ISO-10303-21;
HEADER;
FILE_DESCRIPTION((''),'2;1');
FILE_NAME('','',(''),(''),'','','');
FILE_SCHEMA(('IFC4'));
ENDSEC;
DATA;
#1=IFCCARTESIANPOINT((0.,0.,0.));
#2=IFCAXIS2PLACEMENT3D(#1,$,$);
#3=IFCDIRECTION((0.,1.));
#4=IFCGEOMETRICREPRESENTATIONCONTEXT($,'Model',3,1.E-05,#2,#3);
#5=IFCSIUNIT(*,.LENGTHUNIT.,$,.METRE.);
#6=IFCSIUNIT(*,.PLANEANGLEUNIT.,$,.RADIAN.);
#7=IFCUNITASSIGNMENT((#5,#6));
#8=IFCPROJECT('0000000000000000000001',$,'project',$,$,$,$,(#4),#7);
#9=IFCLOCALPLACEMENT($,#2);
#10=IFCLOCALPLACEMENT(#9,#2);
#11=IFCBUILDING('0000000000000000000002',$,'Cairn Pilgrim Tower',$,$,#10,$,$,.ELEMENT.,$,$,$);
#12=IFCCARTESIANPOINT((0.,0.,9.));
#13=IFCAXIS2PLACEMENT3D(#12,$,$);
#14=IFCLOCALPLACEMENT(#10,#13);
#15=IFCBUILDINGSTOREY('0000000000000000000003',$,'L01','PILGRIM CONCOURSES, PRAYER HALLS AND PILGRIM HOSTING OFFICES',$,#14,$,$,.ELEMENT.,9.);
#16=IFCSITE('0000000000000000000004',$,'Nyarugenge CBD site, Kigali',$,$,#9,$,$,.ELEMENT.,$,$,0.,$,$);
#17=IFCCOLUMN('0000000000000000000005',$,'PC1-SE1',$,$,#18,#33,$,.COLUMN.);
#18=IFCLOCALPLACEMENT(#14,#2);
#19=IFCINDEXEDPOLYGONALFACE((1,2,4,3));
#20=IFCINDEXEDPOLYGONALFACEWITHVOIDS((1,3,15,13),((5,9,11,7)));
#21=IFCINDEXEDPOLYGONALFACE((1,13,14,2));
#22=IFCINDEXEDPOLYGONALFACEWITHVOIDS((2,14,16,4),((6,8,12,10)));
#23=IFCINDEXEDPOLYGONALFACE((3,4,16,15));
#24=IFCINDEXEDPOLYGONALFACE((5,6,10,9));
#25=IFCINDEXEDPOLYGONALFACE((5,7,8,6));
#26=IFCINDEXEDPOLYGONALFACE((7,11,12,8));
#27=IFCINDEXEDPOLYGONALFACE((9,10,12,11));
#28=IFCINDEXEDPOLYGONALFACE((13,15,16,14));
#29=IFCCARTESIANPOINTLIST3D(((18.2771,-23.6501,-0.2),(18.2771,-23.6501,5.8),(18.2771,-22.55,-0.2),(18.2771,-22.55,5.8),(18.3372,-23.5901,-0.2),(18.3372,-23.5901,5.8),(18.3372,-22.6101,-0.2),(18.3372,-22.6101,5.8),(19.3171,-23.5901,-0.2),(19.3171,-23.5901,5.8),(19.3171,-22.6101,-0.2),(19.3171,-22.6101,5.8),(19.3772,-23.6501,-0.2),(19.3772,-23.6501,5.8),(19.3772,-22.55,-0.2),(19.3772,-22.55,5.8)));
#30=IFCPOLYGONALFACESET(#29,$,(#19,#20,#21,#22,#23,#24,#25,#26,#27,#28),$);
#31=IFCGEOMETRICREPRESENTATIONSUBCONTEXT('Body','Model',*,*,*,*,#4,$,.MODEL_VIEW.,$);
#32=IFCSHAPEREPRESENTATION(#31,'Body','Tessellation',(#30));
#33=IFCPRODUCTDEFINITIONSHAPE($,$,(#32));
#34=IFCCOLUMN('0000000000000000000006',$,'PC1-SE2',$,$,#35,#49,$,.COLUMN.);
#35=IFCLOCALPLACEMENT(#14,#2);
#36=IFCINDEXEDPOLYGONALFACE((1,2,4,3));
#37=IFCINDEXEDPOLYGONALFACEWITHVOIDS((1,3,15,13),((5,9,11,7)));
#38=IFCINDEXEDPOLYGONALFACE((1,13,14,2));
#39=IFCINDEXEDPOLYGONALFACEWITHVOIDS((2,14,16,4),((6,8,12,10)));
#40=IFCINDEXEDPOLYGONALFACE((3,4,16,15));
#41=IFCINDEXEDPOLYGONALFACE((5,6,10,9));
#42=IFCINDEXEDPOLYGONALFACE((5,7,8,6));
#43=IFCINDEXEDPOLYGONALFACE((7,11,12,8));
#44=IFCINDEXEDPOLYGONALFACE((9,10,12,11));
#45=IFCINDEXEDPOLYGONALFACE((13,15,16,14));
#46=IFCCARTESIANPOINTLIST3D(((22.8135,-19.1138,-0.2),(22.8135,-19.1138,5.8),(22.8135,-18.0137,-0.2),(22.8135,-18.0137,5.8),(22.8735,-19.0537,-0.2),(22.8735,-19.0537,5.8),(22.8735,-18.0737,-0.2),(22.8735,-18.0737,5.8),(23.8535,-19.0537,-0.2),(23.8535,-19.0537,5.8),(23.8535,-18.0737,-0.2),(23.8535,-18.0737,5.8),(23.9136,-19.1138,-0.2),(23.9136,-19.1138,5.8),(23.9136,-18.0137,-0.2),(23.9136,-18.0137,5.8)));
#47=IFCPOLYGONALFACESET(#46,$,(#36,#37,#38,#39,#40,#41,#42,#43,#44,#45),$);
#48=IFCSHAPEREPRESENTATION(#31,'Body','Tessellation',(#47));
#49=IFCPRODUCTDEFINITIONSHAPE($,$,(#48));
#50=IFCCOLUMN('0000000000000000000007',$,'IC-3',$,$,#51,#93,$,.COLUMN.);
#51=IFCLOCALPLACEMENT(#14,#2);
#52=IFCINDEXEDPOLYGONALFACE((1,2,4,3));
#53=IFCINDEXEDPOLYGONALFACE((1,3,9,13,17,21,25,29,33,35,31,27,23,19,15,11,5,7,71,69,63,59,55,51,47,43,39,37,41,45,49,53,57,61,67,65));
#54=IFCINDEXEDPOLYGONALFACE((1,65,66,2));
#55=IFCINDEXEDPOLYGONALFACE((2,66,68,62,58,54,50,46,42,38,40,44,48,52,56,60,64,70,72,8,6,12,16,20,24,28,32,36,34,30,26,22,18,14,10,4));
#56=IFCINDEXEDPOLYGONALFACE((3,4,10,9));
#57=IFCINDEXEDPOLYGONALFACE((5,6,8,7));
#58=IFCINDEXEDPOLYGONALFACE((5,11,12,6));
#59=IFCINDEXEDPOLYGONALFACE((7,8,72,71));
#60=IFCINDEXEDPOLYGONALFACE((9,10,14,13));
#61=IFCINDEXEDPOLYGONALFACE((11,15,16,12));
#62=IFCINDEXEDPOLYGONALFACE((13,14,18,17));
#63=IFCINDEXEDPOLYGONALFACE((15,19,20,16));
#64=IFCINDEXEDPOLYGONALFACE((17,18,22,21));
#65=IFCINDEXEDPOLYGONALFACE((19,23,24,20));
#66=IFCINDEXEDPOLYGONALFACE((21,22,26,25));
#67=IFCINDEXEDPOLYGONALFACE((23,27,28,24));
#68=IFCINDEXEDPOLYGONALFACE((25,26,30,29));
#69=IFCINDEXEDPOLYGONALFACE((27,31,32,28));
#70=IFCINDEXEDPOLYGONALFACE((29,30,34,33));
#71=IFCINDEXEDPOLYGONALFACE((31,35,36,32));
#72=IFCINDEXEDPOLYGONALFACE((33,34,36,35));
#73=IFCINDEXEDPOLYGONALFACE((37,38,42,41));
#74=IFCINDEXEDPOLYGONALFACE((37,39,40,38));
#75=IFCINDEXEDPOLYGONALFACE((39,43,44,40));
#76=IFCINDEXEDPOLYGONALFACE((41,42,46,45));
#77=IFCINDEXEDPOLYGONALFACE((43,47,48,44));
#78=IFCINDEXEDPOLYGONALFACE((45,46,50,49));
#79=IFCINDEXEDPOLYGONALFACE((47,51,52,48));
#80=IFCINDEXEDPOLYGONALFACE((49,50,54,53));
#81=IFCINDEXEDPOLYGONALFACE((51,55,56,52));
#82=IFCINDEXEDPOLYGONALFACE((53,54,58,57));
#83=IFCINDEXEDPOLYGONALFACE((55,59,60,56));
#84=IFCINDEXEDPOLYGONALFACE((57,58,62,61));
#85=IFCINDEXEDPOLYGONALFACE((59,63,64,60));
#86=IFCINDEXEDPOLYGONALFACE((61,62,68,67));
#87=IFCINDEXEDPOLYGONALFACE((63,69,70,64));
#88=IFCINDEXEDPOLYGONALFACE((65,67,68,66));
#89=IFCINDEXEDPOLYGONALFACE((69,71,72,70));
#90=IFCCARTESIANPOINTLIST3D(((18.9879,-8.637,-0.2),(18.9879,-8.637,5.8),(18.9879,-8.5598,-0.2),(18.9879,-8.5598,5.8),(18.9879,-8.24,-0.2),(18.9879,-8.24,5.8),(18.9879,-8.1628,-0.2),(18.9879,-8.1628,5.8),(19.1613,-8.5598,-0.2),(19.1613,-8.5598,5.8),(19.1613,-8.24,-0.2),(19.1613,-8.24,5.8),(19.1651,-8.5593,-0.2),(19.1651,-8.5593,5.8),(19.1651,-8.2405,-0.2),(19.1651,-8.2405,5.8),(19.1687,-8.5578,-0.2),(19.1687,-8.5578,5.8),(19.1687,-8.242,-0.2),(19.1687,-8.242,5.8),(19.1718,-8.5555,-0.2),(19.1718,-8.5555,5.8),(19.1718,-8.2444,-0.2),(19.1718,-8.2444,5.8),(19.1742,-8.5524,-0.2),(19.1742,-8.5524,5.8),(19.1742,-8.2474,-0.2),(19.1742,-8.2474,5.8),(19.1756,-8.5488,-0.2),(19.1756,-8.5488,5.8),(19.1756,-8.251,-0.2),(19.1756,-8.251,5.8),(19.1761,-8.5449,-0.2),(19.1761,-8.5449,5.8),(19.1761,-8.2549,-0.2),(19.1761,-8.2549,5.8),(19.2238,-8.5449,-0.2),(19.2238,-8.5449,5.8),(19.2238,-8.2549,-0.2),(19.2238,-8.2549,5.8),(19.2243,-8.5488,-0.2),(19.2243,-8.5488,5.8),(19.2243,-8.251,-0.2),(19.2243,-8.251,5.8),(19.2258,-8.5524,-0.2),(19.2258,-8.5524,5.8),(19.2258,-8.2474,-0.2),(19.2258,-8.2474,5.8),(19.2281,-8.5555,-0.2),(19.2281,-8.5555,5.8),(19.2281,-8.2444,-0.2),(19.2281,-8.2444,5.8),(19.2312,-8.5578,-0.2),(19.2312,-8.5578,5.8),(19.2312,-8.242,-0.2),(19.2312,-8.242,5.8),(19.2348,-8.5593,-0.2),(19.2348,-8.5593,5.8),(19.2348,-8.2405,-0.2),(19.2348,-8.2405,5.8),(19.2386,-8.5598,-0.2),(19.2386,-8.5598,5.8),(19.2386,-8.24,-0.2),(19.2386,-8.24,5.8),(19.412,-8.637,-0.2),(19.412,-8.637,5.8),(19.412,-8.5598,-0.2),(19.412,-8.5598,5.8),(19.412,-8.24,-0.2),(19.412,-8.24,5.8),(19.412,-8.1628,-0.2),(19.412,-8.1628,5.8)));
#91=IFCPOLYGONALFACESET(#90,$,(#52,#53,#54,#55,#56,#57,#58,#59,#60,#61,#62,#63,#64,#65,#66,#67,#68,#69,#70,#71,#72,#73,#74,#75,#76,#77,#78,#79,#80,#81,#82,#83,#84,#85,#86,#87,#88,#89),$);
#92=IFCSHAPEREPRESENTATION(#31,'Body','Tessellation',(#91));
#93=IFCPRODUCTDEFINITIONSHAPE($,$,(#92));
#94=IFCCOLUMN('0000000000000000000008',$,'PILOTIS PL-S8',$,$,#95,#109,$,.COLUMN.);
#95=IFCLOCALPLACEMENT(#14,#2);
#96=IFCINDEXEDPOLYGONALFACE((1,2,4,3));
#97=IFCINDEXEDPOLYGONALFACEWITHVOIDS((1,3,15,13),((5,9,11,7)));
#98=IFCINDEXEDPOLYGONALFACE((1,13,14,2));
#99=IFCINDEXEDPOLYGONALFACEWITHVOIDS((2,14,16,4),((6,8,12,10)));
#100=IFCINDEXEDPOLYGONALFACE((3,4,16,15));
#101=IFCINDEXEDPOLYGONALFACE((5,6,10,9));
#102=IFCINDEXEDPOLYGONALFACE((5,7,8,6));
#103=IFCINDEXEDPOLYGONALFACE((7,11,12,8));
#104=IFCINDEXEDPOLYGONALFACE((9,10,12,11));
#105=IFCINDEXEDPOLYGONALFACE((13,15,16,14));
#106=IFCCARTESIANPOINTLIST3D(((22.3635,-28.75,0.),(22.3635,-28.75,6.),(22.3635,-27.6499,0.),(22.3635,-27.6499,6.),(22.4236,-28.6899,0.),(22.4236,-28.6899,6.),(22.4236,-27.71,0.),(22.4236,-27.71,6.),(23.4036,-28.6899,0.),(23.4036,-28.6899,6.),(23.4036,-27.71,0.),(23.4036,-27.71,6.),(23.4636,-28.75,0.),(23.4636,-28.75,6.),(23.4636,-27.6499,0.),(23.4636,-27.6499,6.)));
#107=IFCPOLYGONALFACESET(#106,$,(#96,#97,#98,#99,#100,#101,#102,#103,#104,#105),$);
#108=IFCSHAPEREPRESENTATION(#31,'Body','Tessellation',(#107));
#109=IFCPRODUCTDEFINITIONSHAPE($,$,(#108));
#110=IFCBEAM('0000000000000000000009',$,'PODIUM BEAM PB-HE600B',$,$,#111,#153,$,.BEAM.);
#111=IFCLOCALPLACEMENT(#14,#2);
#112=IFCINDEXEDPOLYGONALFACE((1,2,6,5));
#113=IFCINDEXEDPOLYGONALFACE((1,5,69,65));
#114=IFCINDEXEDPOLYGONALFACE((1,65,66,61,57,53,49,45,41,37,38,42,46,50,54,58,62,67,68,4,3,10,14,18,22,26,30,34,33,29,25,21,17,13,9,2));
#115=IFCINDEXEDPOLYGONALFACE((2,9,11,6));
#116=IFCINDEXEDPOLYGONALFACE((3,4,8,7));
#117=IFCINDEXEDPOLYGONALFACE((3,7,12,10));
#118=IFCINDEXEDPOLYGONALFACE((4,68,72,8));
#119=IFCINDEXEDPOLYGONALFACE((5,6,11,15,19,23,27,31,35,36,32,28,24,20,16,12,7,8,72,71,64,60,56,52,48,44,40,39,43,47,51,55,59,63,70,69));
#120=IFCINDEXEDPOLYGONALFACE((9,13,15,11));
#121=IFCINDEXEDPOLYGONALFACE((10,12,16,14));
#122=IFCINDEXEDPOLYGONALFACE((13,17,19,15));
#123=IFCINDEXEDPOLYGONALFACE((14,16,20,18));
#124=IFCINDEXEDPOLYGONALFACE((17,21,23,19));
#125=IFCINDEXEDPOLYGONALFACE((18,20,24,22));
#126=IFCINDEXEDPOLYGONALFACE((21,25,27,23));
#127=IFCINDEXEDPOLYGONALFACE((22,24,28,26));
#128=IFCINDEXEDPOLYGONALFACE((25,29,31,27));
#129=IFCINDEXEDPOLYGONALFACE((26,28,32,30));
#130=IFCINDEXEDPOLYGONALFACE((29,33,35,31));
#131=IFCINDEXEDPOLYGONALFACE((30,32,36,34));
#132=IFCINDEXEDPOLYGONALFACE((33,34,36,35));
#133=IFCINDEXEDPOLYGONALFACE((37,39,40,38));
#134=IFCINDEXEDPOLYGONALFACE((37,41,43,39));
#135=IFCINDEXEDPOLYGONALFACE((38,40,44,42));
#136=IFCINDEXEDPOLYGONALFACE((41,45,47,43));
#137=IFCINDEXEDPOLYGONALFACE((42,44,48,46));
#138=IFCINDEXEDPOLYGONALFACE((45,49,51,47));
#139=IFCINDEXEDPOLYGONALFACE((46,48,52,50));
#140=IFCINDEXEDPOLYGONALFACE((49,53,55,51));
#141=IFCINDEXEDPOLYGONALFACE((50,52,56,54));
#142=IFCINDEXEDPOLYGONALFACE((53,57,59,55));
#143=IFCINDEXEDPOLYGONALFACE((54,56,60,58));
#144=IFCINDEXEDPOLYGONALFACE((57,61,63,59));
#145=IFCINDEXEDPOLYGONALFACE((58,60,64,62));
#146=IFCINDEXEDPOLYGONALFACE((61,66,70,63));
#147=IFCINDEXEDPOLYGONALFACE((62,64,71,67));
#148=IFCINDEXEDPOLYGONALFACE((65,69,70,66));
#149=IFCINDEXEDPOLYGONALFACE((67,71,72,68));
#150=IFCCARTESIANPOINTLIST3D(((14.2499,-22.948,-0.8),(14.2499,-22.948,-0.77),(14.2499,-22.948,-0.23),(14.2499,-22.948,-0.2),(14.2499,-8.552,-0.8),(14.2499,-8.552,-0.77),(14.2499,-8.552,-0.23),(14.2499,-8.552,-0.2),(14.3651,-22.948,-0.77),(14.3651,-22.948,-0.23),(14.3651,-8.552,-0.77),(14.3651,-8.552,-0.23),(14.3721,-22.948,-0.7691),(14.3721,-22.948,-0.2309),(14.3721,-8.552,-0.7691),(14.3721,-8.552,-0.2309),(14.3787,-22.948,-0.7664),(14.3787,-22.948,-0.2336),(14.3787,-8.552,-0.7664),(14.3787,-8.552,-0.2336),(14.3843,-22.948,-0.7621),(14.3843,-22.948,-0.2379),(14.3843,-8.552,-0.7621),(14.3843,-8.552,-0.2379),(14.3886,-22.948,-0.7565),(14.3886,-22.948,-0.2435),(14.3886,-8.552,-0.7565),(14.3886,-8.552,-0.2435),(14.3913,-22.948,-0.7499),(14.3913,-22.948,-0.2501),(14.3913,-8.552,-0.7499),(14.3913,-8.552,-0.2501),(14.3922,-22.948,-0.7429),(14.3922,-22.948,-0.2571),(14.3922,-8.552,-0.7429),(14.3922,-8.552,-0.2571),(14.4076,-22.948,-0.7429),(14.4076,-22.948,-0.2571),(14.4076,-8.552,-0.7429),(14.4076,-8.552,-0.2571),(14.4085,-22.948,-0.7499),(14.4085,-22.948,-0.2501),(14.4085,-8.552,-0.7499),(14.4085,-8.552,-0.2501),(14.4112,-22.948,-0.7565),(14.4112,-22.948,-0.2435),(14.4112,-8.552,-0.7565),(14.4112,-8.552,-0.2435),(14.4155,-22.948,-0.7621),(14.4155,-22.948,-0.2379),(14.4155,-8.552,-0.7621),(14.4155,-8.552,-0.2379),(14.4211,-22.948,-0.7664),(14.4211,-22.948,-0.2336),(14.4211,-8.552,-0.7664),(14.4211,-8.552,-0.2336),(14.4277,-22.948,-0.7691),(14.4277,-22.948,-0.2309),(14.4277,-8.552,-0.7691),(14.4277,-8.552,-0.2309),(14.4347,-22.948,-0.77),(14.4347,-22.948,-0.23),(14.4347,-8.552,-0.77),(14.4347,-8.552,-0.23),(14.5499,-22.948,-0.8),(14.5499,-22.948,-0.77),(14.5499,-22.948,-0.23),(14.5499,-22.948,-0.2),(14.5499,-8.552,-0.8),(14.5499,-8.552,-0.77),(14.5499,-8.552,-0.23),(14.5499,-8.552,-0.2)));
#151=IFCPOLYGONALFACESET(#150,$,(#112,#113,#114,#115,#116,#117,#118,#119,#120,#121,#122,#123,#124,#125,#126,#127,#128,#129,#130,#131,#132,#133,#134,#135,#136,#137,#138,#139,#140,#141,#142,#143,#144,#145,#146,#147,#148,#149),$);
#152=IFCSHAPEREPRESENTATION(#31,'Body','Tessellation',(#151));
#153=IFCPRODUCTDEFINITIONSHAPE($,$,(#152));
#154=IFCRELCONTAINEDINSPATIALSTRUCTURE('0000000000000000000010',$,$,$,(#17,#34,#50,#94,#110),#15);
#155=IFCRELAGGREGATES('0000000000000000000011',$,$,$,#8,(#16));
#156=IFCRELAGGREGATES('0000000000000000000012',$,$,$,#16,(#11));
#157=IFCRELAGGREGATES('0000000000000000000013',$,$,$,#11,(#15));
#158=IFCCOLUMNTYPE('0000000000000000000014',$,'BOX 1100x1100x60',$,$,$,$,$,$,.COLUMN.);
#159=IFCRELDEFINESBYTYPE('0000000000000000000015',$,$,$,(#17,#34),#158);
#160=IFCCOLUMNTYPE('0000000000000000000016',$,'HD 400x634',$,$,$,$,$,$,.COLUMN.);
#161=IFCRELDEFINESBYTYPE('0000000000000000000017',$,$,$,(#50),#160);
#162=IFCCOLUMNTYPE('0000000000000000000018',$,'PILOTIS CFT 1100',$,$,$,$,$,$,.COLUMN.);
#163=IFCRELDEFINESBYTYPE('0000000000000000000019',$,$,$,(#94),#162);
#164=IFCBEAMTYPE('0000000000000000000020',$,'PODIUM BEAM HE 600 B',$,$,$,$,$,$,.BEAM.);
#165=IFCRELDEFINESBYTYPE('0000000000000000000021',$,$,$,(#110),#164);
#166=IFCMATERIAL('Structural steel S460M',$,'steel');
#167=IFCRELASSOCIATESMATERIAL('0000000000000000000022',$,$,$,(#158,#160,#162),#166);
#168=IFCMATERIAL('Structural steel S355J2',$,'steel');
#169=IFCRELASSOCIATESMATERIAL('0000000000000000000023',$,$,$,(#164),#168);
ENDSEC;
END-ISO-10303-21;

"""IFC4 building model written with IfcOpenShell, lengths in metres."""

from ifc_helpers import new_model, si_unit, direction, frame, origin, origin_2d, place, context, subcontext, project, spatial, hollow_rectangle, i_section, extrude, material, material_profile, profile_set, type_object, element, save


model = new_model("IFC4")

# Units and contexts
model_context = context("Model", 3, precision=1e-05, world=origin(), true_north=direction((0.0, 1.0)))
body_context = subcontext(model_context, "Body", "Model", "MODEL_VIEW")
ifc_project = project(units=[si_unit("LENGTHUNIT", "METRE"), si_unit("PLANEANGLEUNIT", "RADIAN")], contexts=[model_context])

# Site, building, storey
site_placement = place(None, origin())
site = spatial("IfcSite", under=ifc_project, at=site_placement, Name="Nyarugenge CBD site, Kigali", CompositionType="ELEMENT", RefElevation=0.0)
building_placement = place(site_placement, origin())
building = spatial("IfcBuilding", under=site, at=building_placement, Name="Cairn Pilgrim Tower", CompositionType="ELEMENT")
storey_placement = place(building_placement, frame((0.0, 0.0, 9.0)))
storey = spatial("IfcBuildingStorey", under=building, at=storey_placement, Name="L01", Description="PILGRIM CONCOURSES, PRAYER HALLS AND PILGRIM HOSTING OFFICES", CompositionType="ELEMENT", Elevation=9.0)

# Columns
ifc_material_1 = material(Name="Structural steel S460M", Category="steel")
ifc_material_profile_1 = material_profile(ifc_material_1, hollow_rectangle(XDim=1.1001, YDim=1.1001, WallThickness=0.0601, at=origin_2d()), Name="BOX 1100x1100x60")
ifc_profile_set_1 = profile_set([ifc_material_profile_1], Name="Structural steel S460M")
column_type_1 = type_object("IfcColumnType", Name="BOX 1100x1100x60", PredefinedType="COLUMN", material=ifc_profile_set_1)
for number, where, z_axis, x_axis, name in (
    (1, (18.8271, -23.1001, -0.2), (0.0, 0.0, 1.0), (1.0, 0.0, 0.0), "PC1-SE1"),
    (2, (23.3635, -18.5637, -0.2), (0.0, 0.0, 1.0), (1.0, 0.0, 0.0), "PC1-SE2"),
):
    element("IfcColumn", number, at=place(storey_placement, frame(where, z_axis=z_axis, x_axis=x_axis)), inside=storey, type_object=column_type_1, Name=name, PredefinedType="COLUMN", context=body_context, shape_type="SweptSolid", body=[
        extrude(hollow_rectangle(XDim=1.1001, YDim=1.1001, WallThickness=0.0601, at=origin_2d()), origin(), (0.0, 0.0, 1.0), 6.0),
    ])
ifc_material_profile_2 = material_profile(ifc_material_1, i_section(OverallWidth=0.4241, OverallDepth=0.4741, WebThickness=0.0476, FlangeThickness=0.0771, FilletRadius=0.0149, at=origin_2d()), Name="HD 400x634")
ifc_profile_set_2 = profile_set([ifc_material_profile_2], Name="Structural steel S460M")
column_type_2 = type_object("IfcColumnType", Name="HD 400x634", PredefinedType="COLUMN", material=ifc_profile_set_2)
column_1_placement = place(storey_placement, frame((19.2, -8.3999, -0.2), z_axis=(0.0, 0.0, 1.0), x_axis=(1.0, 0.0, 0.0)))
element("IfcColumn", 3, at=column_1_placement, inside=storey, type_object=column_type_2, Name="IC-3", PredefinedType="COLUMN", context=body_context, shape_type="SweptSolid", body=[
    extrude(i_section(OverallWidth=0.4241, OverallDepth=0.4741, WebThickness=0.0476, FlangeThickness=0.0771, FilletRadius=0.0149, at=origin_2d()), origin(), (0.0, 0.0, 1.0), 6.0),
])
ifc_material_profile_3 = material_profile(ifc_material_1, hollow_rectangle(XDim=1.1001, YDim=1.1001, WallThickness=0.0601, at=origin_2d()), Name="BOX 1100x1100x60")
ifc_profile_set_3 = profile_set([ifc_material_profile_3], Name="Structural steel S460M")
column_type_3 = type_object("IfcColumnType", Name="PILOTIS CFT 1100", PredefinedType="COLUMN", material=ifc_profile_set_3)
column_2_placement = place(storey_placement, frame((22.9136, -28.2, 0.0), z_axis=(0.0, 0.0, 1.0), x_axis=(1.0, 0.0, 0.0)))
element("IfcColumn", 4, at=column_2_placement, inside=storey, type_object=column_type_3, Name="PILOTIS PL-S8", PredefinedType="COLUMN", context=body_context, shape_type="SweptSolid", body=[
    extrude(hollow_rectangle(XDim=1.1001, YDim=1.1001, WallThickness=0.0601, at=origin_2d()), origin(), (0.0, 0.0, 1.0), 6.0),
])

# Beam
ifc_material_2 = material(Name="Structural steel S355J2", Category="steel")
ifc_material_profile_4 = material_profile(ifc_material_2, i_section(OverallWidth=0.3, OverallDepth=0.6001, WebThickness=0.0154, FlangeThickness=0.03, FilletRadius=0.0271, at=origin_2d()), Name="HEB 600")
ifc_profile_set_4 = profile_set([ifc_material_profile_4], Name="Structural steel S355J2")
beam_type_1 = type_object("IfcBeamType", Name="PODIUM BEAM HE 600 B", PredefinedType="BEAM", material=ifc_profile_set_4)
beam_1_placement = place(storey_placement, frame((14.3999, -22.948, -0.5), z_axis=(0.0, 1.0, 0.0), x_axis=(-1.0, 0.0, 0.0)))
element("IfcBeam", 5, at=beam_1_placement, inside=storey, type_object=beam_type_1, Name="PODIUM BEAM PB-HE600B", PredefinedType="BEAM", context=body_context, shape_type="SweptSolid", body=[
    extrude(i_section(OverallWidth=0.3, OverallDepth=0.6001, WebThickness=0.0154, FlangeThickness=0.03, FilletRadius=0.0271, at=origin_2d()), origin(), (0.0, 0.0, 1.0), 14.396),
])

save(model, "model.ifc")
